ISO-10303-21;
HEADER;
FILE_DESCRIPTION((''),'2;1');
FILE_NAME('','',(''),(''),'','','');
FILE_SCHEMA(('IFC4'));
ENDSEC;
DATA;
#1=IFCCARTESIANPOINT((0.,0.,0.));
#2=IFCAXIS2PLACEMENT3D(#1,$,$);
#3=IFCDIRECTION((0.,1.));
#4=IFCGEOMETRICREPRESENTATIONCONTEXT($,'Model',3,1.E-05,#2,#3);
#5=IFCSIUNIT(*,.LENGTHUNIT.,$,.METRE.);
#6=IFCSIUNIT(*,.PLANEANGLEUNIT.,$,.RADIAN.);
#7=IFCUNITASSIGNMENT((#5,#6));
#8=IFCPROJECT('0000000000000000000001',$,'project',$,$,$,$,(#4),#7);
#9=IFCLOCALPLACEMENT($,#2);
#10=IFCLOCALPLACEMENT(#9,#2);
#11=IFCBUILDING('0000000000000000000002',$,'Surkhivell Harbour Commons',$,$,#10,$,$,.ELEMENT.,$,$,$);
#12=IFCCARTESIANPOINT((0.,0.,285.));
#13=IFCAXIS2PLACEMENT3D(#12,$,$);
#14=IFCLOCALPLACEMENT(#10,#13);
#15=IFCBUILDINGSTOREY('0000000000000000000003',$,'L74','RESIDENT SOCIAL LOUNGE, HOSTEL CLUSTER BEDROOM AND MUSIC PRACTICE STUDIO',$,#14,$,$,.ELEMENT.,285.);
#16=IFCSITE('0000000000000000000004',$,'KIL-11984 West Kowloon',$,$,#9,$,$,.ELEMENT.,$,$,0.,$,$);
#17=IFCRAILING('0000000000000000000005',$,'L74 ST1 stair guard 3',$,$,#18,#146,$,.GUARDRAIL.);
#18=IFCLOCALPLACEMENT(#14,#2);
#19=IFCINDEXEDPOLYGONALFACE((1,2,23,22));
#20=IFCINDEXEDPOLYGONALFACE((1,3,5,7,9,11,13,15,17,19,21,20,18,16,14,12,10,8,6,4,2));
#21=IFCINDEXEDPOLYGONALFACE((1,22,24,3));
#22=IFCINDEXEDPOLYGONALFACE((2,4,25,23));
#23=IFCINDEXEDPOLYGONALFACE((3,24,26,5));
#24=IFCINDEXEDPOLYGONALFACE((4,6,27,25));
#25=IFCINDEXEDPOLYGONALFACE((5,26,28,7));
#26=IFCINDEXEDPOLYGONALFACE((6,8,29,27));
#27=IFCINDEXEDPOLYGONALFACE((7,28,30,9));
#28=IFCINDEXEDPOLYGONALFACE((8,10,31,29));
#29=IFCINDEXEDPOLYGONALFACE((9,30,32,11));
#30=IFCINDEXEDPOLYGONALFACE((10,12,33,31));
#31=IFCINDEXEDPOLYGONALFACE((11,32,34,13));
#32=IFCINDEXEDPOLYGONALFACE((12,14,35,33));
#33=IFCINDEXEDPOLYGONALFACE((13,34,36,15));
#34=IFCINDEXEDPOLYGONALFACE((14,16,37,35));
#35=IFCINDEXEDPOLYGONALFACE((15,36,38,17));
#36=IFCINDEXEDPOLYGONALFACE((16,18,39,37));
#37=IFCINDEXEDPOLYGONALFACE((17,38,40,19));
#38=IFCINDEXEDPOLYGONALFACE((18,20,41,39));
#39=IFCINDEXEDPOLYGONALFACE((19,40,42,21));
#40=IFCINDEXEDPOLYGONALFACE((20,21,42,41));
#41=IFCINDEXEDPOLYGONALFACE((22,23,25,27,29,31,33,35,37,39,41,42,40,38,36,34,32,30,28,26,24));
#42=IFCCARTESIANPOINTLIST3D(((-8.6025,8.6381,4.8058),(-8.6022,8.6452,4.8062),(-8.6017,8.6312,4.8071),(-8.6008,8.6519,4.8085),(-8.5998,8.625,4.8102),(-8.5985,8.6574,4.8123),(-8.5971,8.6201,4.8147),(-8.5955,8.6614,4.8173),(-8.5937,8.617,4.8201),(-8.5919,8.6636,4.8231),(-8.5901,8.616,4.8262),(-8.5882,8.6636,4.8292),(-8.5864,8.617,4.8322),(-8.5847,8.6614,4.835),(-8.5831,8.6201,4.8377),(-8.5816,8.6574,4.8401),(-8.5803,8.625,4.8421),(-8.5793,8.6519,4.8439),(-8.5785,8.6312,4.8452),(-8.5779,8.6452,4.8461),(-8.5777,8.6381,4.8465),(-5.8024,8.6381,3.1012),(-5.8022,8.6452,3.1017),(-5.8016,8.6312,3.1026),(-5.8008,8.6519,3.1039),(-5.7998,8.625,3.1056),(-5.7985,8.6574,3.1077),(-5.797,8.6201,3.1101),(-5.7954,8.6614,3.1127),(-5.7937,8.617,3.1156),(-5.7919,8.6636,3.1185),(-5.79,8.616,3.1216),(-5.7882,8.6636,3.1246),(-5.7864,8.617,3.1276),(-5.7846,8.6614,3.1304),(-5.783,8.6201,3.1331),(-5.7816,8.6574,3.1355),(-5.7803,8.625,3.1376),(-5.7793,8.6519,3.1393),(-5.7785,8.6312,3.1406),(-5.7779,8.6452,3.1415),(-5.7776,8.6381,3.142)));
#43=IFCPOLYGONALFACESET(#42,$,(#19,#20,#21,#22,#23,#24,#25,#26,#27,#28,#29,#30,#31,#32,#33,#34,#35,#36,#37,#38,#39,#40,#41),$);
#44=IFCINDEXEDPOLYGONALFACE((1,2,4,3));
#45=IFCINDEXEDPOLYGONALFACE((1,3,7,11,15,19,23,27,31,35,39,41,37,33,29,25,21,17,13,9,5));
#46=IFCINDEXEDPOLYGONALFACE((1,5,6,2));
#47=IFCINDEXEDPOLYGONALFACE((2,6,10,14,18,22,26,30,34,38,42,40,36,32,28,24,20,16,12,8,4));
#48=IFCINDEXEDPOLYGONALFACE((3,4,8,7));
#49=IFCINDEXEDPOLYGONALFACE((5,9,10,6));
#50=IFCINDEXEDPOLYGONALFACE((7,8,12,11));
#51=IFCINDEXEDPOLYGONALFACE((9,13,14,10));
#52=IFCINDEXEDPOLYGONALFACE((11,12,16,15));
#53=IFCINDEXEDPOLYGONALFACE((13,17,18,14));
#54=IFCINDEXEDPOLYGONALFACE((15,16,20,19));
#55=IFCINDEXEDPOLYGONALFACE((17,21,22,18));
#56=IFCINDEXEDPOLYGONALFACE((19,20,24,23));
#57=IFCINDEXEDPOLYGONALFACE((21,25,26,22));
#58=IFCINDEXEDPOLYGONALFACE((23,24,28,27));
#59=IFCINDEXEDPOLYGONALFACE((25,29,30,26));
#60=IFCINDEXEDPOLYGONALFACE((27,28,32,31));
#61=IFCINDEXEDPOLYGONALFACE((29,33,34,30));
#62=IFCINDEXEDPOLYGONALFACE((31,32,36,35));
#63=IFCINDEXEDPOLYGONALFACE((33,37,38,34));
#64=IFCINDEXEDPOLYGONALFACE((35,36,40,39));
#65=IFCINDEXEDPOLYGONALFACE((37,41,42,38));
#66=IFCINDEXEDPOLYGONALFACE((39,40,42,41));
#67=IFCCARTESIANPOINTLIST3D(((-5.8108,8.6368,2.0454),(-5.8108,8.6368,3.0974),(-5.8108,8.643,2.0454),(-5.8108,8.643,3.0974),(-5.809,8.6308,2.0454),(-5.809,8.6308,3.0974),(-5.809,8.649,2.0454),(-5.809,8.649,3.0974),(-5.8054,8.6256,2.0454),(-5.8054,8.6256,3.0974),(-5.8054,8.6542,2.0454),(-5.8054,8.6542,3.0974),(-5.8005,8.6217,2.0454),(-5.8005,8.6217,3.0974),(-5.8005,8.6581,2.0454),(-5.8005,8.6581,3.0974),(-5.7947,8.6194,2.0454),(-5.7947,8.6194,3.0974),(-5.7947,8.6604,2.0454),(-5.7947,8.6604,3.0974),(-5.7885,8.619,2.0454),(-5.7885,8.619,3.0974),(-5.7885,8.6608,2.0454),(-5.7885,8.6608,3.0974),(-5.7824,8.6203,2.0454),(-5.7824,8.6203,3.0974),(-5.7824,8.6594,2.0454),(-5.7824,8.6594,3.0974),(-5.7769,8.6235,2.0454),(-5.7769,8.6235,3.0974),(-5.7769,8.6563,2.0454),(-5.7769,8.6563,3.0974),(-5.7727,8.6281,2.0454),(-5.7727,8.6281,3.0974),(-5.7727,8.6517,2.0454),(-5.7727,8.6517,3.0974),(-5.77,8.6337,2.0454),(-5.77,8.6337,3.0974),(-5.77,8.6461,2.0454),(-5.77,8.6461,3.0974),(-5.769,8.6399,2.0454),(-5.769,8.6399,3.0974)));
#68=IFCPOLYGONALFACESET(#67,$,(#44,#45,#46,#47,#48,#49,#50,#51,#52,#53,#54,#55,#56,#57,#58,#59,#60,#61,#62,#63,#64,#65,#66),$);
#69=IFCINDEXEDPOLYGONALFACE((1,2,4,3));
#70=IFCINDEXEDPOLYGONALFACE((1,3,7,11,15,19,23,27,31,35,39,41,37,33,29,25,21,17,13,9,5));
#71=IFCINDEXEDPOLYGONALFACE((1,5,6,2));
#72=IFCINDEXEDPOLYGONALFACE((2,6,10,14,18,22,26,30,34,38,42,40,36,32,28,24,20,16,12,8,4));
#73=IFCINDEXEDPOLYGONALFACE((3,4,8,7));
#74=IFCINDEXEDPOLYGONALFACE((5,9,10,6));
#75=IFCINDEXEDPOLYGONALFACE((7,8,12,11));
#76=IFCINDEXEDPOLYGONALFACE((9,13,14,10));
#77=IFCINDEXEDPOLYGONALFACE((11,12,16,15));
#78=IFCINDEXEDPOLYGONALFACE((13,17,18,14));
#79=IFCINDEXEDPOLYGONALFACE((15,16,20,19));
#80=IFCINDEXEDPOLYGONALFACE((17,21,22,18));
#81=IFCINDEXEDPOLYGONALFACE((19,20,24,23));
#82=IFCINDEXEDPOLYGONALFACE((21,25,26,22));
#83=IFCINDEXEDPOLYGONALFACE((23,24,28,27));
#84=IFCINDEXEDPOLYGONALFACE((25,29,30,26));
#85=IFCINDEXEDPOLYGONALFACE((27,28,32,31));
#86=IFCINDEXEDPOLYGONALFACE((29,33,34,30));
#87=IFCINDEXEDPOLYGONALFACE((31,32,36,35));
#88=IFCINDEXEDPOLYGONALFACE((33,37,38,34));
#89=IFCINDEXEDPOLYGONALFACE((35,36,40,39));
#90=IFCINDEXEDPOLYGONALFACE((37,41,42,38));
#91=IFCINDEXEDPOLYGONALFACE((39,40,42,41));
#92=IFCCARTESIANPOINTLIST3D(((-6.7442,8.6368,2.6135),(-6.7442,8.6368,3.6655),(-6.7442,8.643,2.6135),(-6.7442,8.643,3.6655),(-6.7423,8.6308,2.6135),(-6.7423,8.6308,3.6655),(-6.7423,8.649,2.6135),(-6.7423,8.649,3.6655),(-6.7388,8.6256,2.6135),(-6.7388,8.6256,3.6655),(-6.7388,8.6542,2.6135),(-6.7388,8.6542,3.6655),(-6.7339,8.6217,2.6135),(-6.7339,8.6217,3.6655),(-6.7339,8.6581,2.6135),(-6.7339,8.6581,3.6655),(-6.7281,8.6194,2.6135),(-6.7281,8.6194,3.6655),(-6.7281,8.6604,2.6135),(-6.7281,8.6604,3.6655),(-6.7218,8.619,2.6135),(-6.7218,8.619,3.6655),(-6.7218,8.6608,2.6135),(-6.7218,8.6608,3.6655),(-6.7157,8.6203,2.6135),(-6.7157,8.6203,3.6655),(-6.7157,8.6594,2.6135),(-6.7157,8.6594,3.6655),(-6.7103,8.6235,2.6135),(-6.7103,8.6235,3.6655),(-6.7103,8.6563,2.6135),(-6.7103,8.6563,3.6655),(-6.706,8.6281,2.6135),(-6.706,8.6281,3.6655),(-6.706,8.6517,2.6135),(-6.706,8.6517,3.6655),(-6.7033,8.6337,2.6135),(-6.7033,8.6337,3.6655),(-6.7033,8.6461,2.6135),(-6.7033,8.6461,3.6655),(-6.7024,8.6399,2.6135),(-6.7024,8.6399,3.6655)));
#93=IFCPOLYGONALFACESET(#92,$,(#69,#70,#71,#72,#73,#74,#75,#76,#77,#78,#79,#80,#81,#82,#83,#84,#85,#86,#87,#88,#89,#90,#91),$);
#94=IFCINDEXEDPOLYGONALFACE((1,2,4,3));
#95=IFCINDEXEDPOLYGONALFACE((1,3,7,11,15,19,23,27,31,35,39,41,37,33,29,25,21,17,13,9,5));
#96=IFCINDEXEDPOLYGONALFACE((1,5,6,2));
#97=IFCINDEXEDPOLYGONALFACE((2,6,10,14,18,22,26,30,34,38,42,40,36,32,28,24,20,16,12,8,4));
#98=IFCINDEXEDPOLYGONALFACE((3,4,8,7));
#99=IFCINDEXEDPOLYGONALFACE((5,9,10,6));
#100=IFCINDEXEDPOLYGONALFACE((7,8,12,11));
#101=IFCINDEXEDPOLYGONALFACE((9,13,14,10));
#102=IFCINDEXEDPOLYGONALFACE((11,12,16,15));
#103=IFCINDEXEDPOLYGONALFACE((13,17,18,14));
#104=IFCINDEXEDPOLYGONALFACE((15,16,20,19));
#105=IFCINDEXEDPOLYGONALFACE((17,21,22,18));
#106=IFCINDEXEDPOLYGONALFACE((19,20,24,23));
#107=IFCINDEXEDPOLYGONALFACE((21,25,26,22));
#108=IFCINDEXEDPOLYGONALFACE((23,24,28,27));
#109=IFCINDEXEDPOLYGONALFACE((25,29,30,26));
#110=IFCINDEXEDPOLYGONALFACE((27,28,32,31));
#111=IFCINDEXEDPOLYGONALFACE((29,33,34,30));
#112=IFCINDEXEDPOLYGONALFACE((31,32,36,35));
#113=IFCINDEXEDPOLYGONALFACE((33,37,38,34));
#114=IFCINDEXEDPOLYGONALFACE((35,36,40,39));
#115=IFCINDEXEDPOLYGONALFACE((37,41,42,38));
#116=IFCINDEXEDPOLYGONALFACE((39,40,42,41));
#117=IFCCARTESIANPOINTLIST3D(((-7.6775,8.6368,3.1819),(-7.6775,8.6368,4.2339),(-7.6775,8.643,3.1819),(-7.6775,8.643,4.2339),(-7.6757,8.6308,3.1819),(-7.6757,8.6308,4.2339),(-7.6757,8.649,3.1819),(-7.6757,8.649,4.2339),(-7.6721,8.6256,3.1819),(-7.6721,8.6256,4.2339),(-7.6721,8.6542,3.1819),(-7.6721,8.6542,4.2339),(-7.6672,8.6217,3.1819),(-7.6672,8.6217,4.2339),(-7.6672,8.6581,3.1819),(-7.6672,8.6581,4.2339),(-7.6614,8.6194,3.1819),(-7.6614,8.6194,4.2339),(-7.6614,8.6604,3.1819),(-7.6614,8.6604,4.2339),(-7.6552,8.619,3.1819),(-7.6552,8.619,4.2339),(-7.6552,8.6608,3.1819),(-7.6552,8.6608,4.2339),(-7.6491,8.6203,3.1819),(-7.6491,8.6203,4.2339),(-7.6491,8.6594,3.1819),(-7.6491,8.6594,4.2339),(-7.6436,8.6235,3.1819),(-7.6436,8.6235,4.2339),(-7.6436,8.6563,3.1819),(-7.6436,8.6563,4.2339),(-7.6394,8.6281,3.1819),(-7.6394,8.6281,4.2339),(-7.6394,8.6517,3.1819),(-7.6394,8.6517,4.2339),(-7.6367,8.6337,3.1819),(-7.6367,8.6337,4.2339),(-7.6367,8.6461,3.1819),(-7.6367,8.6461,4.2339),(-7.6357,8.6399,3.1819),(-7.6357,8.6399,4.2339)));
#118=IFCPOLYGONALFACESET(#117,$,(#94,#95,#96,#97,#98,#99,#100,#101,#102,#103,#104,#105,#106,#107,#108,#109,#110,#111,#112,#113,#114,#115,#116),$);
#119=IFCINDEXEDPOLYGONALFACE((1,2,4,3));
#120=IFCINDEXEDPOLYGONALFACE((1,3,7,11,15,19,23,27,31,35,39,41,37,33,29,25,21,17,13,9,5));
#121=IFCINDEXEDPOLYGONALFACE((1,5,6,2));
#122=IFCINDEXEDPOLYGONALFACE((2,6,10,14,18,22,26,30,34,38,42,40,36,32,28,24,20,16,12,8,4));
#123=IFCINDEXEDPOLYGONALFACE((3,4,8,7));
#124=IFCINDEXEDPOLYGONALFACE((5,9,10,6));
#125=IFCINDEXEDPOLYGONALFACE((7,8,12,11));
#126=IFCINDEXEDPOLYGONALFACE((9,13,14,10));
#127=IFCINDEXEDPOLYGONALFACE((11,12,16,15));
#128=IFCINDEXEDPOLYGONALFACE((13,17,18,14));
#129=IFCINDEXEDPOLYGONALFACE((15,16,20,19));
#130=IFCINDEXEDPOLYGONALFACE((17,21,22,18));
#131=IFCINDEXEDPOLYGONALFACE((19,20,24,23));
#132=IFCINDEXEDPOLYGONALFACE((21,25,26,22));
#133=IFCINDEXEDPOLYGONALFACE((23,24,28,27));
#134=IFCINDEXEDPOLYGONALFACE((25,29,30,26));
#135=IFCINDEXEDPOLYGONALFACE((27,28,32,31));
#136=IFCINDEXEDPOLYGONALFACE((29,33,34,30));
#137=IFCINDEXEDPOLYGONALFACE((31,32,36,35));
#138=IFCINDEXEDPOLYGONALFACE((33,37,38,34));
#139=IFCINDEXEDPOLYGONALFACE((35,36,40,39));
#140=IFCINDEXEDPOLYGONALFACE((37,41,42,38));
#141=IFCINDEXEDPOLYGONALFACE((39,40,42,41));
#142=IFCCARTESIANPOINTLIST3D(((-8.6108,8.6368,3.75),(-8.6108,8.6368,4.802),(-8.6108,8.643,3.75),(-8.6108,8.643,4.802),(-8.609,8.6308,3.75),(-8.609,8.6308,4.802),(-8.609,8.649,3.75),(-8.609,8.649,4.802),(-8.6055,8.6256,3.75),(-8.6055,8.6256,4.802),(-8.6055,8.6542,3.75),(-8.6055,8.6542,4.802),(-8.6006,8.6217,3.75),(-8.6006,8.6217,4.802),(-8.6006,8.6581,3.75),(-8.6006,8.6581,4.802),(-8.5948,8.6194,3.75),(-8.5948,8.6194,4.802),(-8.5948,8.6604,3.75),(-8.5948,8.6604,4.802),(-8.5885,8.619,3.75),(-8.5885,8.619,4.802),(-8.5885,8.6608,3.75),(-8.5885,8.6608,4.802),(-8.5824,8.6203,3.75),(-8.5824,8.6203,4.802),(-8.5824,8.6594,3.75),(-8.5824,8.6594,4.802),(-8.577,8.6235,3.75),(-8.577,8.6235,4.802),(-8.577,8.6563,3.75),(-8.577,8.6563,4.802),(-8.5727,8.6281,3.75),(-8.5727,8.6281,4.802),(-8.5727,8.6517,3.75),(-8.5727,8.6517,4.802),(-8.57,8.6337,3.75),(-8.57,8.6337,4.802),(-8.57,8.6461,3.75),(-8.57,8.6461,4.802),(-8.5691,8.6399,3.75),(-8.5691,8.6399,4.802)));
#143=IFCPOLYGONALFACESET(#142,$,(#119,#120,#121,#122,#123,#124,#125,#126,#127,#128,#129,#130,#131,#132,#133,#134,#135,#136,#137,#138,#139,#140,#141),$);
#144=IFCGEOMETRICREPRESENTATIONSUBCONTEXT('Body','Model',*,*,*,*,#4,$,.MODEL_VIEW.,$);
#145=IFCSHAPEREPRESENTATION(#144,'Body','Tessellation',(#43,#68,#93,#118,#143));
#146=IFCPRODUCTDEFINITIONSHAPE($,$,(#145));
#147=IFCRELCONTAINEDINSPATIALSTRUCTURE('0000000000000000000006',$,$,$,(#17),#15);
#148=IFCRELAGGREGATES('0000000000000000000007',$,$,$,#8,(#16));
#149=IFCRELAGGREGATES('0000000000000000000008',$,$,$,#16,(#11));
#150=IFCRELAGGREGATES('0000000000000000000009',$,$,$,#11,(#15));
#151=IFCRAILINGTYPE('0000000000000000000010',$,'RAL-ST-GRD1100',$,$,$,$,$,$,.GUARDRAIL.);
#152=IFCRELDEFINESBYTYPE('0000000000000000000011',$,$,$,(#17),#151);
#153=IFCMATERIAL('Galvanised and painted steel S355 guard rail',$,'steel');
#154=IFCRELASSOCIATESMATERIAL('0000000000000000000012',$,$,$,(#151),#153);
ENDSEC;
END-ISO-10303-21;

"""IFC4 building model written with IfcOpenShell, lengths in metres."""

from ifc_helpers import new_model, si_unit, direction, frame, origin, origin_2d, place, context, subcontext, project, spatial, circle, extrude, material, type_object, element, save


model = new_model("IFC4")

# Units and contexts
model_context = context("Model", 3, precision=1e-05, world=origin(), true_north=direction((0.0, 1.0)))
body_context = subcontext(model_context, "Body", "Model", "MODEL_VIEW")
ifc_project = project(units=[si_unit("LENGTHUNIT", "METRE"), si_unit("PLANEANGLEUNIT", "RADIAN")], contexts=[model_context])

# Site, building, storey
site_placement = place(None, origin())
site = spatial("IfcSite", under=ifc_project, at=site_placement, Name="KIL-11984 West Kowloon", CompositionType="ELEMENT", RefElevation=0.0)
building_placement = place(site_placement, origin())
building = spatial("IfcBuilding", under=site, at=building_placement, Name="Surkhivell Harbour Commons", CompositionType="ELEMENT")
storey_placement = place(building_placement, frame((0.0, 0.0, 285.0)))
storey = spatial("IfcBuildingStorey", under=building, at=storey_placement, Name="L74", Description="RESIDENT SOCIAL LOUNGE, HOSTEL CLUSTER BEDROOM AND MUSIC PRACTICE STUDIO", CompositionType="ELEMENT", Elevation=285.0)

# Railing
ifc_material_1 = material(Name="Galvanised and painted steel S355 guard rail", Category="steel")
railing_type_1 = type_object("IfcRailingType", Name="RAL-ST-GRD1100", PredefinedType="GUARDRAIL", material=ifc_material_1)
railing_1_placement = place(storey_placement, frame((-5.79, 8.6399, 2.0454)))
element("IfcRailing", 1, at=railing_1_placement, inside=storey, type_object=railing_type_1, Name="L74 ST1 stair guard 3", PredefinedType="GUARDRAIL", context=body_context, shape_type="SweptSolid", body=[
    extrude(circle(Radius=0.0239, at=origin_2d()), frame((0.0, 0.0, 1.0762), z_axis=(-0.85417, 0.0, 0.519994), x_axis=(0.0, -1.0, 0.0)), (0.0, 0.0, 1.0), 3.2781),
    extrude(circle(Radius=0.021, at=origin_2d()), origin(), (0.0, 0.0, 1.0), 1.052),
    extrude(circle(Radius=0.021, at=origin_2d()), frame((-0.9333, 0.0, 0.5681)), (0.0, 0.0, 1.0), 1.052),
    extrude(circle(Radius=0.021, at=origin_2d()), frame((-1.8667, 0.0, 1.1365)), (0.0, 0.0, 1.0), 1.052),
    extrude(circle(Radius=0.021, at=origin_2d()), frame((-2.8, 0.0, 1.7046)), (0.0, 0.0, 1.0), 1.052),
])

save(model, "model.ifc")
